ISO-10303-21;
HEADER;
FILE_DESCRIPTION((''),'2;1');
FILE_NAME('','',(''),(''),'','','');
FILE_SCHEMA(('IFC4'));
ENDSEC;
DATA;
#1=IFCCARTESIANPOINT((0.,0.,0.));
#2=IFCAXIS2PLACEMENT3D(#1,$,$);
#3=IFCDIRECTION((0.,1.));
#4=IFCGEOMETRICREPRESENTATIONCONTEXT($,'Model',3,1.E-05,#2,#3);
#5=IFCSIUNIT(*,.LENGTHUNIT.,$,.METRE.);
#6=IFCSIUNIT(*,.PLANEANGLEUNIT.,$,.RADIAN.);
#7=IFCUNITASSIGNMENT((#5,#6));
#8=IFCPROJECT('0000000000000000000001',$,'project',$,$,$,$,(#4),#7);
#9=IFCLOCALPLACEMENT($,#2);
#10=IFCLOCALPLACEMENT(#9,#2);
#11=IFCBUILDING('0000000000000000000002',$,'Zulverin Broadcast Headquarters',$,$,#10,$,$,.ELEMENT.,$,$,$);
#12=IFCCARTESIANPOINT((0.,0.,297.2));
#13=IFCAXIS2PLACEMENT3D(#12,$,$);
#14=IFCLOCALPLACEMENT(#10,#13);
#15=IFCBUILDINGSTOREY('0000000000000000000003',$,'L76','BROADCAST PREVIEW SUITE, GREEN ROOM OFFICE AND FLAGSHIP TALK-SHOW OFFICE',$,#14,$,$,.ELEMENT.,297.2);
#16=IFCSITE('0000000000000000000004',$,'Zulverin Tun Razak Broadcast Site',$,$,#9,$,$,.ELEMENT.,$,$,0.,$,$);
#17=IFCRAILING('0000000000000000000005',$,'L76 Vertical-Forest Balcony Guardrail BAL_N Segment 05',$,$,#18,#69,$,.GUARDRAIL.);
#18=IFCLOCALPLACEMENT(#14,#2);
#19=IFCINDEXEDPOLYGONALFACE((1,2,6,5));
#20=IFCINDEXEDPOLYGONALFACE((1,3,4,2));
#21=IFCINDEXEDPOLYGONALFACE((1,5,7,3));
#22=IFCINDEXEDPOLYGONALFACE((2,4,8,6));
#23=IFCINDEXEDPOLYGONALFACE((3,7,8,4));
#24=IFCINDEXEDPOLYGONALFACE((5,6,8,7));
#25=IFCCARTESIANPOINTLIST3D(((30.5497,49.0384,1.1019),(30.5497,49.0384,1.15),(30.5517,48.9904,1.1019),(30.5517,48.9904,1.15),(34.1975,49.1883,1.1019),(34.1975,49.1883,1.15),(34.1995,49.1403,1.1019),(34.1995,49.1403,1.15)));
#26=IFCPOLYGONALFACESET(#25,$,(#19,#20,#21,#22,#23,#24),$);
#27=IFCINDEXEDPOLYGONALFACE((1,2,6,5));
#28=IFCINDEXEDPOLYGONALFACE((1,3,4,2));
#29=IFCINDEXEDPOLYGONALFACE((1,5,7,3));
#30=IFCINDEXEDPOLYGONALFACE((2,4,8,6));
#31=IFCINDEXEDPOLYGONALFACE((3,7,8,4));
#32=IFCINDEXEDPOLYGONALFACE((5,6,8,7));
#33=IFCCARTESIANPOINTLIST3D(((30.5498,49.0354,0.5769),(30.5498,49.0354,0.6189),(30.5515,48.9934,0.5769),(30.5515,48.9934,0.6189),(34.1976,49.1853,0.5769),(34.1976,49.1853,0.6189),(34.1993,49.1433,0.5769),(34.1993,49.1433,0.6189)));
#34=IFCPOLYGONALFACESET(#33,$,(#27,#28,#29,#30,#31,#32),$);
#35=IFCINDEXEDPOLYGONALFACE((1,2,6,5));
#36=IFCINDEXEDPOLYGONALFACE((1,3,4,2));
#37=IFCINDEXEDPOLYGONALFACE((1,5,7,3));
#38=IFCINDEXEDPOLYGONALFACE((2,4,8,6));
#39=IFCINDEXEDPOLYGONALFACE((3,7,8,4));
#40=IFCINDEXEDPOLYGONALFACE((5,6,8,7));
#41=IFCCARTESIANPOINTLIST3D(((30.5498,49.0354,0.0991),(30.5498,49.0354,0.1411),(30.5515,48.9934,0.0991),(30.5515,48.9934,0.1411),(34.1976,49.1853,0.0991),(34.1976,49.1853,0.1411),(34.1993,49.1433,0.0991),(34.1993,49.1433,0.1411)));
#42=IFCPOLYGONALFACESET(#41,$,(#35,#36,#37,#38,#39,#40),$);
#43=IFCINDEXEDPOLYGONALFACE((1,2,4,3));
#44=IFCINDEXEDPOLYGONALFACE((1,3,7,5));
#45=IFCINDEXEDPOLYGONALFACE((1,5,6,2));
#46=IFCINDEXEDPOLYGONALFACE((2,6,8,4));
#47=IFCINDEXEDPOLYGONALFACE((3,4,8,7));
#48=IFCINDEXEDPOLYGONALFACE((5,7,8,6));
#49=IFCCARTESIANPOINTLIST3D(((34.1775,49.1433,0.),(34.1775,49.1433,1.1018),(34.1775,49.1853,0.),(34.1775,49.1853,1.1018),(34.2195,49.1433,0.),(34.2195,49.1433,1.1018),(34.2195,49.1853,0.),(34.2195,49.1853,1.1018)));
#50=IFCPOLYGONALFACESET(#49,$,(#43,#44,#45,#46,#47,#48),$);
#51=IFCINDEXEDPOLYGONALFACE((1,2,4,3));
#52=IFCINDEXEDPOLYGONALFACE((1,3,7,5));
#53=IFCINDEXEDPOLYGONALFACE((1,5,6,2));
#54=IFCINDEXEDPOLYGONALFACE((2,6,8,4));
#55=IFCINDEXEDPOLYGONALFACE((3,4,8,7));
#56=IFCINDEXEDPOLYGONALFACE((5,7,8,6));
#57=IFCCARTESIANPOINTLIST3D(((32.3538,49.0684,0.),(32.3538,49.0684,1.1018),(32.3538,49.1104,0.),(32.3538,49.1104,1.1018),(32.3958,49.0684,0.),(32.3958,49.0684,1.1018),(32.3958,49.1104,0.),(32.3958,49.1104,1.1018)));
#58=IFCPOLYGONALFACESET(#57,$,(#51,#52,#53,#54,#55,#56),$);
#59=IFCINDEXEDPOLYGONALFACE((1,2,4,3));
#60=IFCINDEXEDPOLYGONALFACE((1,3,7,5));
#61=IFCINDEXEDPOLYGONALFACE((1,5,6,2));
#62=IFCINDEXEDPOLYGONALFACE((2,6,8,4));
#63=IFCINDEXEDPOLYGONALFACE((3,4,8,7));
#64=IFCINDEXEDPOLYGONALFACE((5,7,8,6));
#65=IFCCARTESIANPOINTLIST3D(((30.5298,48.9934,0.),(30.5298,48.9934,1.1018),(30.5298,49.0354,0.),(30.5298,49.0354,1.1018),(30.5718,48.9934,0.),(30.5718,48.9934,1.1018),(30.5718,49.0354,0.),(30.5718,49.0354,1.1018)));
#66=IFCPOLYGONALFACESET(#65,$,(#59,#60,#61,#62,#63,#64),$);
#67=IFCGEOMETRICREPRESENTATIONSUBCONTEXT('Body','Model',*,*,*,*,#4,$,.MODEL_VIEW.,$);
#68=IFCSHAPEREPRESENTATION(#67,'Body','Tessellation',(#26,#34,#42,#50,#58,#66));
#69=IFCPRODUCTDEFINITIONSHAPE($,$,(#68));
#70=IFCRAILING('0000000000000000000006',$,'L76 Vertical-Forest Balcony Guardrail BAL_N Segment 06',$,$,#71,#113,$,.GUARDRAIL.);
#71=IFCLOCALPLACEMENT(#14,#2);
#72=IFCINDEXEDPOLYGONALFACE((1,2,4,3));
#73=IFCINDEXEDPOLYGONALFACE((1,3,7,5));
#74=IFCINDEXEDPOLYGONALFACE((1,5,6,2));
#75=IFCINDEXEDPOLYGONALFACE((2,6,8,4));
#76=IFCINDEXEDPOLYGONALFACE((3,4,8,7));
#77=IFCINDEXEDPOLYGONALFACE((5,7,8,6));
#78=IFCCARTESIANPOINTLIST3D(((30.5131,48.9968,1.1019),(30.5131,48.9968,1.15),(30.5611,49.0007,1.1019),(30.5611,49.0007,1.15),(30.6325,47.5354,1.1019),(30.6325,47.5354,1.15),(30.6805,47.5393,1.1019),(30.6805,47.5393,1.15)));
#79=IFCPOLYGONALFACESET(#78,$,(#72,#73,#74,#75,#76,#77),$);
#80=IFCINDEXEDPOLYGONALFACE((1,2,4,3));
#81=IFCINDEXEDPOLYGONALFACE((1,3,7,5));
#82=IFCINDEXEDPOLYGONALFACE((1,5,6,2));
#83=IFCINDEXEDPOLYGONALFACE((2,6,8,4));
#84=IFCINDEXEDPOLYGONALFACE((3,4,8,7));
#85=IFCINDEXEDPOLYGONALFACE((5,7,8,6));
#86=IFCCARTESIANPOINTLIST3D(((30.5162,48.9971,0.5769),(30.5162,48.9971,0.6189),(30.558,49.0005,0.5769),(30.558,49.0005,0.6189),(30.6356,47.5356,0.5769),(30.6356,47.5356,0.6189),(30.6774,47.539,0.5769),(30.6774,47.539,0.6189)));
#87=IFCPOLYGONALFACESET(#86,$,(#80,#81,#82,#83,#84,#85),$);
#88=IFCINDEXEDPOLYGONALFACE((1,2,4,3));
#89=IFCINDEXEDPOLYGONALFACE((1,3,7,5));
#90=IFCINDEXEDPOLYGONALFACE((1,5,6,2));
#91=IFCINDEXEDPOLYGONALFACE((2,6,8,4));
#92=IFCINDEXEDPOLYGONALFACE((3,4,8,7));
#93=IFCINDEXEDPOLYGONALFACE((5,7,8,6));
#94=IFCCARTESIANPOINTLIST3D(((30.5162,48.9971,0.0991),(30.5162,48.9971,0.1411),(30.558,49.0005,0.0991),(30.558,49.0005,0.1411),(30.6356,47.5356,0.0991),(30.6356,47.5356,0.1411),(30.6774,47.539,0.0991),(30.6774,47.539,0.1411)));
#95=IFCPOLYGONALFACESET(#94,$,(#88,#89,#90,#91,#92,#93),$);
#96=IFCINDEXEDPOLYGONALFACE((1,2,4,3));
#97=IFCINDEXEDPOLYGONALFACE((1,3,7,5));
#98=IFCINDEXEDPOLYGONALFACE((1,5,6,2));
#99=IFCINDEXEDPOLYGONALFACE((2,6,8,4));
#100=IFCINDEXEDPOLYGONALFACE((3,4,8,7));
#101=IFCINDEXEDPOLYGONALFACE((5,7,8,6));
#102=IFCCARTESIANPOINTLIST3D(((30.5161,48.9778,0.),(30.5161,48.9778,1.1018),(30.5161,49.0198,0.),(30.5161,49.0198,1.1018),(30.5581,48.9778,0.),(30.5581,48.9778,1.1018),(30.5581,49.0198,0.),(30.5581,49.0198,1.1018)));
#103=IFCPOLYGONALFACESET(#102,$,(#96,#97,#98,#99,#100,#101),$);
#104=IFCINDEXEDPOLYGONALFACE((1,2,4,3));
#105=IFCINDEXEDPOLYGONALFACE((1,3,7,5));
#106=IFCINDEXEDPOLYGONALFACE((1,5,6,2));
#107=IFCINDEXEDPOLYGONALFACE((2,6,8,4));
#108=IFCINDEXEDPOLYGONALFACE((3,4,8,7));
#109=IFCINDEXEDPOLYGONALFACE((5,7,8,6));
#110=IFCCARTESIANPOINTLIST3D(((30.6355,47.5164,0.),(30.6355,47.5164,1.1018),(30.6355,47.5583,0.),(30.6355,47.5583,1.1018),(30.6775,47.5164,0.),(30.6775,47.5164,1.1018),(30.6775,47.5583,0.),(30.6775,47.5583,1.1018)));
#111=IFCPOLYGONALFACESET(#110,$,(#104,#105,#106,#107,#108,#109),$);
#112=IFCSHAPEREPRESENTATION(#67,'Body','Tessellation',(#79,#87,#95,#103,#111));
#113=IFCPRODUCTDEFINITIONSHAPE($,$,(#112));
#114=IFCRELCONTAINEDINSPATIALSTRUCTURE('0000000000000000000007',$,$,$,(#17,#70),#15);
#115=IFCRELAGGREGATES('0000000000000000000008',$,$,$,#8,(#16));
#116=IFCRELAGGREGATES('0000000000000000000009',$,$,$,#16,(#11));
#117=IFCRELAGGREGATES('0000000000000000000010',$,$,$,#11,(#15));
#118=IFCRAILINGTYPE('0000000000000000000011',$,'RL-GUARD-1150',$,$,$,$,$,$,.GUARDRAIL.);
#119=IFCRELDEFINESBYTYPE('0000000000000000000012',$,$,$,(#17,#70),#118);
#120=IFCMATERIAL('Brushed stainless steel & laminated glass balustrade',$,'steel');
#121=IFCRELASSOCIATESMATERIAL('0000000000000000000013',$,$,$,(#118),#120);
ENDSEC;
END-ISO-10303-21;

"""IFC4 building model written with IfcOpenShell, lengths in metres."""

from ifc_helpers import new_model, si_unit, direction, frame, origin, origin_2d, place, context, subcontext, project, spatial, rectangle, extrude, material, type_object, element, save


model = new_model("IFC4")

# Units and contexts
model_context = context("Model", 3, precision=1e-05, world=origin(), true_north=direction((0.0, 1.0)))
body_context = subcontext(model_context, "Body", "Model", "MODEL_VIEW")
ifc_project = project(units=[si_unit("LENGTHUNIT", "METRE"), si_unit("PLANEANGLEUNIT", "RADIAN")], contexts=[model_context])

# Site, building, storey
site_placement = place(None, origin())
site = spatial("IfcSite", under=ifc_project, at=site_placement, Name="Zulverin Tun Razak Broadcast Site", CompositionType="ELEMENT", RefElevation=0.0)
building_placement = place(site_placement, origin())
building = spatial("IfcBuilding", under=site, at=building_placement, Name="Zulverin Broadcast Headquarters", CompositionType="ELEMENT")
storey_placement = place(building_placement, frame((0.0, 0.0, 297.2)))
storey = spatial("IfcBuildingStorey", under=building, at=storey_placement, Name="L76", Description="BROADCAST PREVIEW SUITE, GREEN ROOM OFFICE AND FLAGSHIP TALK-SHOW OFFICE", CompositionType="ELEMENT", Elevation=297.2)

# Railings
ifc_material_1 = material(Name="Brushed stainless steel & laminated glass balustrade", Category="steel")
railing_type = type_object("IfcRailingType", Name="RL-GUARD-1150", PredefinedType="GUARDRAIL", material=ifc_material_1)
railing_1_placement = place(storey_placement, frame((34.1985, 49.1643, 0.0)))
element("IfcRailing", 1, at=railing_1_placement, inside=storey, type_object=railing_type, Name="L76 Vertical-Forest Balcony Guardrail BAL_N Segment 05", PredefinedType="GUARDRAIL", context=body_context, shape_type="SweptSolid", body=[
    extrude(rectangle(XDim=0.0481, YDim=0.0481, at=origin_2d()), frame((0.0, 0.0, 1.126), z_axis=(-0.999157, -0.04106, 0.0), x_axis=(0.04106, -0.999157, 0.0)), (0.0, 0.0, 1.0), 3.6509),
    extrude(rectangle(XDim=0.042, YDim=0.042, at=origin_2d()), frame((0.0, 0.0, 0.5979), z_axis=(-0.999157, -0.04106, 0.0), x_axis=(0.04106, -0.999157, 0.0)), (0.0, 0.0, 1.0), 3.6509),
    extrude(rectangle(XDim=0.042, YDim=0.042, at=origin_2d()), frame((0.0, 0.0, 0.1201), z_axis=(-0.999157, -0.04106, 0.0), x_axis=(0.04106, -0.999157, 0.0)), (0.0, 0.0, 1.0), 3.6509),
    extrude(rectangle(XDim=0.042, YDim=0.042, at=origin_2d()), origin(), (0.0, 0.0, 1.0), 1.1018),
    extrude(rectangle(XDim=0.042, YDim=0.042, at=origin_2d()), frame((-1.8237, -0.075, 0.0)), (0.0, 0.0, 1.0), 1.1018),
    extrude(rectangle(XDim=0.042, YDim=0.042, at=origin_2d()), frame((-3.6477, -0.1499, 0.0)), (0.0, 0.0, 1.0), 1.1018),
])
railing_2_placement = place(storey_placement, frame((30.5371, 48.9988, 0.0)))
element("IfcRailing", 2, at=railing_2_placement, inside=storey, type_object=railing_type, Name="L76 Vertical-Forest Balcony Guardrail BAL_N Segment 06", PredefinedType="GUARDRAIL", context=body_context, shape_type="SweptSolid", body=[
    extrude(rectangle(XDim=0.0481, YDim=0.0481, at=origin_2d()), frame((0.0, 0.0, 1.126), z_axis=(0.081419, -0.99668, 0.0), x_axis=(0.99668, 0.081419, 0.0)), (0.0, 0.0, 1.0), 1.4663),
    extrude(rectangle(XDim=0.042, YDim=0.042, at=origin_2d()), frame((0.0, 0.0, 0.5979), z_axis=(0.081419, -0.99668, 0.0), x_axis=(0.99668, 0.081419, 0.0)), (0.0, 0.0, 1.0), 1.4663),
    extrude(rectangle(XDim=0.042, YDim=0.042, at=origin_2d()), frame((0.0, 0.0, 0.1201), z_axis=(0.081419, -0.99668, 0.0), x_axis=(0.99668, 0.081419, 0.0)), (0.0, 0.0, 1.0), 1.4663),
    extrude(rectangle(XDim=0.042, YDim=0.042, at=origin_2d()), origin(), (0.0, 0.0, 1.0), 1.1018),
    extrude(rectangle(XDim=0.042, YDim=0.042, at=origin_2d()), frame((0.1194, -1.4614, 0.0)), (0.0, 0.0, 1.0), 1.1018),
])

save(model, "model.ifc")
